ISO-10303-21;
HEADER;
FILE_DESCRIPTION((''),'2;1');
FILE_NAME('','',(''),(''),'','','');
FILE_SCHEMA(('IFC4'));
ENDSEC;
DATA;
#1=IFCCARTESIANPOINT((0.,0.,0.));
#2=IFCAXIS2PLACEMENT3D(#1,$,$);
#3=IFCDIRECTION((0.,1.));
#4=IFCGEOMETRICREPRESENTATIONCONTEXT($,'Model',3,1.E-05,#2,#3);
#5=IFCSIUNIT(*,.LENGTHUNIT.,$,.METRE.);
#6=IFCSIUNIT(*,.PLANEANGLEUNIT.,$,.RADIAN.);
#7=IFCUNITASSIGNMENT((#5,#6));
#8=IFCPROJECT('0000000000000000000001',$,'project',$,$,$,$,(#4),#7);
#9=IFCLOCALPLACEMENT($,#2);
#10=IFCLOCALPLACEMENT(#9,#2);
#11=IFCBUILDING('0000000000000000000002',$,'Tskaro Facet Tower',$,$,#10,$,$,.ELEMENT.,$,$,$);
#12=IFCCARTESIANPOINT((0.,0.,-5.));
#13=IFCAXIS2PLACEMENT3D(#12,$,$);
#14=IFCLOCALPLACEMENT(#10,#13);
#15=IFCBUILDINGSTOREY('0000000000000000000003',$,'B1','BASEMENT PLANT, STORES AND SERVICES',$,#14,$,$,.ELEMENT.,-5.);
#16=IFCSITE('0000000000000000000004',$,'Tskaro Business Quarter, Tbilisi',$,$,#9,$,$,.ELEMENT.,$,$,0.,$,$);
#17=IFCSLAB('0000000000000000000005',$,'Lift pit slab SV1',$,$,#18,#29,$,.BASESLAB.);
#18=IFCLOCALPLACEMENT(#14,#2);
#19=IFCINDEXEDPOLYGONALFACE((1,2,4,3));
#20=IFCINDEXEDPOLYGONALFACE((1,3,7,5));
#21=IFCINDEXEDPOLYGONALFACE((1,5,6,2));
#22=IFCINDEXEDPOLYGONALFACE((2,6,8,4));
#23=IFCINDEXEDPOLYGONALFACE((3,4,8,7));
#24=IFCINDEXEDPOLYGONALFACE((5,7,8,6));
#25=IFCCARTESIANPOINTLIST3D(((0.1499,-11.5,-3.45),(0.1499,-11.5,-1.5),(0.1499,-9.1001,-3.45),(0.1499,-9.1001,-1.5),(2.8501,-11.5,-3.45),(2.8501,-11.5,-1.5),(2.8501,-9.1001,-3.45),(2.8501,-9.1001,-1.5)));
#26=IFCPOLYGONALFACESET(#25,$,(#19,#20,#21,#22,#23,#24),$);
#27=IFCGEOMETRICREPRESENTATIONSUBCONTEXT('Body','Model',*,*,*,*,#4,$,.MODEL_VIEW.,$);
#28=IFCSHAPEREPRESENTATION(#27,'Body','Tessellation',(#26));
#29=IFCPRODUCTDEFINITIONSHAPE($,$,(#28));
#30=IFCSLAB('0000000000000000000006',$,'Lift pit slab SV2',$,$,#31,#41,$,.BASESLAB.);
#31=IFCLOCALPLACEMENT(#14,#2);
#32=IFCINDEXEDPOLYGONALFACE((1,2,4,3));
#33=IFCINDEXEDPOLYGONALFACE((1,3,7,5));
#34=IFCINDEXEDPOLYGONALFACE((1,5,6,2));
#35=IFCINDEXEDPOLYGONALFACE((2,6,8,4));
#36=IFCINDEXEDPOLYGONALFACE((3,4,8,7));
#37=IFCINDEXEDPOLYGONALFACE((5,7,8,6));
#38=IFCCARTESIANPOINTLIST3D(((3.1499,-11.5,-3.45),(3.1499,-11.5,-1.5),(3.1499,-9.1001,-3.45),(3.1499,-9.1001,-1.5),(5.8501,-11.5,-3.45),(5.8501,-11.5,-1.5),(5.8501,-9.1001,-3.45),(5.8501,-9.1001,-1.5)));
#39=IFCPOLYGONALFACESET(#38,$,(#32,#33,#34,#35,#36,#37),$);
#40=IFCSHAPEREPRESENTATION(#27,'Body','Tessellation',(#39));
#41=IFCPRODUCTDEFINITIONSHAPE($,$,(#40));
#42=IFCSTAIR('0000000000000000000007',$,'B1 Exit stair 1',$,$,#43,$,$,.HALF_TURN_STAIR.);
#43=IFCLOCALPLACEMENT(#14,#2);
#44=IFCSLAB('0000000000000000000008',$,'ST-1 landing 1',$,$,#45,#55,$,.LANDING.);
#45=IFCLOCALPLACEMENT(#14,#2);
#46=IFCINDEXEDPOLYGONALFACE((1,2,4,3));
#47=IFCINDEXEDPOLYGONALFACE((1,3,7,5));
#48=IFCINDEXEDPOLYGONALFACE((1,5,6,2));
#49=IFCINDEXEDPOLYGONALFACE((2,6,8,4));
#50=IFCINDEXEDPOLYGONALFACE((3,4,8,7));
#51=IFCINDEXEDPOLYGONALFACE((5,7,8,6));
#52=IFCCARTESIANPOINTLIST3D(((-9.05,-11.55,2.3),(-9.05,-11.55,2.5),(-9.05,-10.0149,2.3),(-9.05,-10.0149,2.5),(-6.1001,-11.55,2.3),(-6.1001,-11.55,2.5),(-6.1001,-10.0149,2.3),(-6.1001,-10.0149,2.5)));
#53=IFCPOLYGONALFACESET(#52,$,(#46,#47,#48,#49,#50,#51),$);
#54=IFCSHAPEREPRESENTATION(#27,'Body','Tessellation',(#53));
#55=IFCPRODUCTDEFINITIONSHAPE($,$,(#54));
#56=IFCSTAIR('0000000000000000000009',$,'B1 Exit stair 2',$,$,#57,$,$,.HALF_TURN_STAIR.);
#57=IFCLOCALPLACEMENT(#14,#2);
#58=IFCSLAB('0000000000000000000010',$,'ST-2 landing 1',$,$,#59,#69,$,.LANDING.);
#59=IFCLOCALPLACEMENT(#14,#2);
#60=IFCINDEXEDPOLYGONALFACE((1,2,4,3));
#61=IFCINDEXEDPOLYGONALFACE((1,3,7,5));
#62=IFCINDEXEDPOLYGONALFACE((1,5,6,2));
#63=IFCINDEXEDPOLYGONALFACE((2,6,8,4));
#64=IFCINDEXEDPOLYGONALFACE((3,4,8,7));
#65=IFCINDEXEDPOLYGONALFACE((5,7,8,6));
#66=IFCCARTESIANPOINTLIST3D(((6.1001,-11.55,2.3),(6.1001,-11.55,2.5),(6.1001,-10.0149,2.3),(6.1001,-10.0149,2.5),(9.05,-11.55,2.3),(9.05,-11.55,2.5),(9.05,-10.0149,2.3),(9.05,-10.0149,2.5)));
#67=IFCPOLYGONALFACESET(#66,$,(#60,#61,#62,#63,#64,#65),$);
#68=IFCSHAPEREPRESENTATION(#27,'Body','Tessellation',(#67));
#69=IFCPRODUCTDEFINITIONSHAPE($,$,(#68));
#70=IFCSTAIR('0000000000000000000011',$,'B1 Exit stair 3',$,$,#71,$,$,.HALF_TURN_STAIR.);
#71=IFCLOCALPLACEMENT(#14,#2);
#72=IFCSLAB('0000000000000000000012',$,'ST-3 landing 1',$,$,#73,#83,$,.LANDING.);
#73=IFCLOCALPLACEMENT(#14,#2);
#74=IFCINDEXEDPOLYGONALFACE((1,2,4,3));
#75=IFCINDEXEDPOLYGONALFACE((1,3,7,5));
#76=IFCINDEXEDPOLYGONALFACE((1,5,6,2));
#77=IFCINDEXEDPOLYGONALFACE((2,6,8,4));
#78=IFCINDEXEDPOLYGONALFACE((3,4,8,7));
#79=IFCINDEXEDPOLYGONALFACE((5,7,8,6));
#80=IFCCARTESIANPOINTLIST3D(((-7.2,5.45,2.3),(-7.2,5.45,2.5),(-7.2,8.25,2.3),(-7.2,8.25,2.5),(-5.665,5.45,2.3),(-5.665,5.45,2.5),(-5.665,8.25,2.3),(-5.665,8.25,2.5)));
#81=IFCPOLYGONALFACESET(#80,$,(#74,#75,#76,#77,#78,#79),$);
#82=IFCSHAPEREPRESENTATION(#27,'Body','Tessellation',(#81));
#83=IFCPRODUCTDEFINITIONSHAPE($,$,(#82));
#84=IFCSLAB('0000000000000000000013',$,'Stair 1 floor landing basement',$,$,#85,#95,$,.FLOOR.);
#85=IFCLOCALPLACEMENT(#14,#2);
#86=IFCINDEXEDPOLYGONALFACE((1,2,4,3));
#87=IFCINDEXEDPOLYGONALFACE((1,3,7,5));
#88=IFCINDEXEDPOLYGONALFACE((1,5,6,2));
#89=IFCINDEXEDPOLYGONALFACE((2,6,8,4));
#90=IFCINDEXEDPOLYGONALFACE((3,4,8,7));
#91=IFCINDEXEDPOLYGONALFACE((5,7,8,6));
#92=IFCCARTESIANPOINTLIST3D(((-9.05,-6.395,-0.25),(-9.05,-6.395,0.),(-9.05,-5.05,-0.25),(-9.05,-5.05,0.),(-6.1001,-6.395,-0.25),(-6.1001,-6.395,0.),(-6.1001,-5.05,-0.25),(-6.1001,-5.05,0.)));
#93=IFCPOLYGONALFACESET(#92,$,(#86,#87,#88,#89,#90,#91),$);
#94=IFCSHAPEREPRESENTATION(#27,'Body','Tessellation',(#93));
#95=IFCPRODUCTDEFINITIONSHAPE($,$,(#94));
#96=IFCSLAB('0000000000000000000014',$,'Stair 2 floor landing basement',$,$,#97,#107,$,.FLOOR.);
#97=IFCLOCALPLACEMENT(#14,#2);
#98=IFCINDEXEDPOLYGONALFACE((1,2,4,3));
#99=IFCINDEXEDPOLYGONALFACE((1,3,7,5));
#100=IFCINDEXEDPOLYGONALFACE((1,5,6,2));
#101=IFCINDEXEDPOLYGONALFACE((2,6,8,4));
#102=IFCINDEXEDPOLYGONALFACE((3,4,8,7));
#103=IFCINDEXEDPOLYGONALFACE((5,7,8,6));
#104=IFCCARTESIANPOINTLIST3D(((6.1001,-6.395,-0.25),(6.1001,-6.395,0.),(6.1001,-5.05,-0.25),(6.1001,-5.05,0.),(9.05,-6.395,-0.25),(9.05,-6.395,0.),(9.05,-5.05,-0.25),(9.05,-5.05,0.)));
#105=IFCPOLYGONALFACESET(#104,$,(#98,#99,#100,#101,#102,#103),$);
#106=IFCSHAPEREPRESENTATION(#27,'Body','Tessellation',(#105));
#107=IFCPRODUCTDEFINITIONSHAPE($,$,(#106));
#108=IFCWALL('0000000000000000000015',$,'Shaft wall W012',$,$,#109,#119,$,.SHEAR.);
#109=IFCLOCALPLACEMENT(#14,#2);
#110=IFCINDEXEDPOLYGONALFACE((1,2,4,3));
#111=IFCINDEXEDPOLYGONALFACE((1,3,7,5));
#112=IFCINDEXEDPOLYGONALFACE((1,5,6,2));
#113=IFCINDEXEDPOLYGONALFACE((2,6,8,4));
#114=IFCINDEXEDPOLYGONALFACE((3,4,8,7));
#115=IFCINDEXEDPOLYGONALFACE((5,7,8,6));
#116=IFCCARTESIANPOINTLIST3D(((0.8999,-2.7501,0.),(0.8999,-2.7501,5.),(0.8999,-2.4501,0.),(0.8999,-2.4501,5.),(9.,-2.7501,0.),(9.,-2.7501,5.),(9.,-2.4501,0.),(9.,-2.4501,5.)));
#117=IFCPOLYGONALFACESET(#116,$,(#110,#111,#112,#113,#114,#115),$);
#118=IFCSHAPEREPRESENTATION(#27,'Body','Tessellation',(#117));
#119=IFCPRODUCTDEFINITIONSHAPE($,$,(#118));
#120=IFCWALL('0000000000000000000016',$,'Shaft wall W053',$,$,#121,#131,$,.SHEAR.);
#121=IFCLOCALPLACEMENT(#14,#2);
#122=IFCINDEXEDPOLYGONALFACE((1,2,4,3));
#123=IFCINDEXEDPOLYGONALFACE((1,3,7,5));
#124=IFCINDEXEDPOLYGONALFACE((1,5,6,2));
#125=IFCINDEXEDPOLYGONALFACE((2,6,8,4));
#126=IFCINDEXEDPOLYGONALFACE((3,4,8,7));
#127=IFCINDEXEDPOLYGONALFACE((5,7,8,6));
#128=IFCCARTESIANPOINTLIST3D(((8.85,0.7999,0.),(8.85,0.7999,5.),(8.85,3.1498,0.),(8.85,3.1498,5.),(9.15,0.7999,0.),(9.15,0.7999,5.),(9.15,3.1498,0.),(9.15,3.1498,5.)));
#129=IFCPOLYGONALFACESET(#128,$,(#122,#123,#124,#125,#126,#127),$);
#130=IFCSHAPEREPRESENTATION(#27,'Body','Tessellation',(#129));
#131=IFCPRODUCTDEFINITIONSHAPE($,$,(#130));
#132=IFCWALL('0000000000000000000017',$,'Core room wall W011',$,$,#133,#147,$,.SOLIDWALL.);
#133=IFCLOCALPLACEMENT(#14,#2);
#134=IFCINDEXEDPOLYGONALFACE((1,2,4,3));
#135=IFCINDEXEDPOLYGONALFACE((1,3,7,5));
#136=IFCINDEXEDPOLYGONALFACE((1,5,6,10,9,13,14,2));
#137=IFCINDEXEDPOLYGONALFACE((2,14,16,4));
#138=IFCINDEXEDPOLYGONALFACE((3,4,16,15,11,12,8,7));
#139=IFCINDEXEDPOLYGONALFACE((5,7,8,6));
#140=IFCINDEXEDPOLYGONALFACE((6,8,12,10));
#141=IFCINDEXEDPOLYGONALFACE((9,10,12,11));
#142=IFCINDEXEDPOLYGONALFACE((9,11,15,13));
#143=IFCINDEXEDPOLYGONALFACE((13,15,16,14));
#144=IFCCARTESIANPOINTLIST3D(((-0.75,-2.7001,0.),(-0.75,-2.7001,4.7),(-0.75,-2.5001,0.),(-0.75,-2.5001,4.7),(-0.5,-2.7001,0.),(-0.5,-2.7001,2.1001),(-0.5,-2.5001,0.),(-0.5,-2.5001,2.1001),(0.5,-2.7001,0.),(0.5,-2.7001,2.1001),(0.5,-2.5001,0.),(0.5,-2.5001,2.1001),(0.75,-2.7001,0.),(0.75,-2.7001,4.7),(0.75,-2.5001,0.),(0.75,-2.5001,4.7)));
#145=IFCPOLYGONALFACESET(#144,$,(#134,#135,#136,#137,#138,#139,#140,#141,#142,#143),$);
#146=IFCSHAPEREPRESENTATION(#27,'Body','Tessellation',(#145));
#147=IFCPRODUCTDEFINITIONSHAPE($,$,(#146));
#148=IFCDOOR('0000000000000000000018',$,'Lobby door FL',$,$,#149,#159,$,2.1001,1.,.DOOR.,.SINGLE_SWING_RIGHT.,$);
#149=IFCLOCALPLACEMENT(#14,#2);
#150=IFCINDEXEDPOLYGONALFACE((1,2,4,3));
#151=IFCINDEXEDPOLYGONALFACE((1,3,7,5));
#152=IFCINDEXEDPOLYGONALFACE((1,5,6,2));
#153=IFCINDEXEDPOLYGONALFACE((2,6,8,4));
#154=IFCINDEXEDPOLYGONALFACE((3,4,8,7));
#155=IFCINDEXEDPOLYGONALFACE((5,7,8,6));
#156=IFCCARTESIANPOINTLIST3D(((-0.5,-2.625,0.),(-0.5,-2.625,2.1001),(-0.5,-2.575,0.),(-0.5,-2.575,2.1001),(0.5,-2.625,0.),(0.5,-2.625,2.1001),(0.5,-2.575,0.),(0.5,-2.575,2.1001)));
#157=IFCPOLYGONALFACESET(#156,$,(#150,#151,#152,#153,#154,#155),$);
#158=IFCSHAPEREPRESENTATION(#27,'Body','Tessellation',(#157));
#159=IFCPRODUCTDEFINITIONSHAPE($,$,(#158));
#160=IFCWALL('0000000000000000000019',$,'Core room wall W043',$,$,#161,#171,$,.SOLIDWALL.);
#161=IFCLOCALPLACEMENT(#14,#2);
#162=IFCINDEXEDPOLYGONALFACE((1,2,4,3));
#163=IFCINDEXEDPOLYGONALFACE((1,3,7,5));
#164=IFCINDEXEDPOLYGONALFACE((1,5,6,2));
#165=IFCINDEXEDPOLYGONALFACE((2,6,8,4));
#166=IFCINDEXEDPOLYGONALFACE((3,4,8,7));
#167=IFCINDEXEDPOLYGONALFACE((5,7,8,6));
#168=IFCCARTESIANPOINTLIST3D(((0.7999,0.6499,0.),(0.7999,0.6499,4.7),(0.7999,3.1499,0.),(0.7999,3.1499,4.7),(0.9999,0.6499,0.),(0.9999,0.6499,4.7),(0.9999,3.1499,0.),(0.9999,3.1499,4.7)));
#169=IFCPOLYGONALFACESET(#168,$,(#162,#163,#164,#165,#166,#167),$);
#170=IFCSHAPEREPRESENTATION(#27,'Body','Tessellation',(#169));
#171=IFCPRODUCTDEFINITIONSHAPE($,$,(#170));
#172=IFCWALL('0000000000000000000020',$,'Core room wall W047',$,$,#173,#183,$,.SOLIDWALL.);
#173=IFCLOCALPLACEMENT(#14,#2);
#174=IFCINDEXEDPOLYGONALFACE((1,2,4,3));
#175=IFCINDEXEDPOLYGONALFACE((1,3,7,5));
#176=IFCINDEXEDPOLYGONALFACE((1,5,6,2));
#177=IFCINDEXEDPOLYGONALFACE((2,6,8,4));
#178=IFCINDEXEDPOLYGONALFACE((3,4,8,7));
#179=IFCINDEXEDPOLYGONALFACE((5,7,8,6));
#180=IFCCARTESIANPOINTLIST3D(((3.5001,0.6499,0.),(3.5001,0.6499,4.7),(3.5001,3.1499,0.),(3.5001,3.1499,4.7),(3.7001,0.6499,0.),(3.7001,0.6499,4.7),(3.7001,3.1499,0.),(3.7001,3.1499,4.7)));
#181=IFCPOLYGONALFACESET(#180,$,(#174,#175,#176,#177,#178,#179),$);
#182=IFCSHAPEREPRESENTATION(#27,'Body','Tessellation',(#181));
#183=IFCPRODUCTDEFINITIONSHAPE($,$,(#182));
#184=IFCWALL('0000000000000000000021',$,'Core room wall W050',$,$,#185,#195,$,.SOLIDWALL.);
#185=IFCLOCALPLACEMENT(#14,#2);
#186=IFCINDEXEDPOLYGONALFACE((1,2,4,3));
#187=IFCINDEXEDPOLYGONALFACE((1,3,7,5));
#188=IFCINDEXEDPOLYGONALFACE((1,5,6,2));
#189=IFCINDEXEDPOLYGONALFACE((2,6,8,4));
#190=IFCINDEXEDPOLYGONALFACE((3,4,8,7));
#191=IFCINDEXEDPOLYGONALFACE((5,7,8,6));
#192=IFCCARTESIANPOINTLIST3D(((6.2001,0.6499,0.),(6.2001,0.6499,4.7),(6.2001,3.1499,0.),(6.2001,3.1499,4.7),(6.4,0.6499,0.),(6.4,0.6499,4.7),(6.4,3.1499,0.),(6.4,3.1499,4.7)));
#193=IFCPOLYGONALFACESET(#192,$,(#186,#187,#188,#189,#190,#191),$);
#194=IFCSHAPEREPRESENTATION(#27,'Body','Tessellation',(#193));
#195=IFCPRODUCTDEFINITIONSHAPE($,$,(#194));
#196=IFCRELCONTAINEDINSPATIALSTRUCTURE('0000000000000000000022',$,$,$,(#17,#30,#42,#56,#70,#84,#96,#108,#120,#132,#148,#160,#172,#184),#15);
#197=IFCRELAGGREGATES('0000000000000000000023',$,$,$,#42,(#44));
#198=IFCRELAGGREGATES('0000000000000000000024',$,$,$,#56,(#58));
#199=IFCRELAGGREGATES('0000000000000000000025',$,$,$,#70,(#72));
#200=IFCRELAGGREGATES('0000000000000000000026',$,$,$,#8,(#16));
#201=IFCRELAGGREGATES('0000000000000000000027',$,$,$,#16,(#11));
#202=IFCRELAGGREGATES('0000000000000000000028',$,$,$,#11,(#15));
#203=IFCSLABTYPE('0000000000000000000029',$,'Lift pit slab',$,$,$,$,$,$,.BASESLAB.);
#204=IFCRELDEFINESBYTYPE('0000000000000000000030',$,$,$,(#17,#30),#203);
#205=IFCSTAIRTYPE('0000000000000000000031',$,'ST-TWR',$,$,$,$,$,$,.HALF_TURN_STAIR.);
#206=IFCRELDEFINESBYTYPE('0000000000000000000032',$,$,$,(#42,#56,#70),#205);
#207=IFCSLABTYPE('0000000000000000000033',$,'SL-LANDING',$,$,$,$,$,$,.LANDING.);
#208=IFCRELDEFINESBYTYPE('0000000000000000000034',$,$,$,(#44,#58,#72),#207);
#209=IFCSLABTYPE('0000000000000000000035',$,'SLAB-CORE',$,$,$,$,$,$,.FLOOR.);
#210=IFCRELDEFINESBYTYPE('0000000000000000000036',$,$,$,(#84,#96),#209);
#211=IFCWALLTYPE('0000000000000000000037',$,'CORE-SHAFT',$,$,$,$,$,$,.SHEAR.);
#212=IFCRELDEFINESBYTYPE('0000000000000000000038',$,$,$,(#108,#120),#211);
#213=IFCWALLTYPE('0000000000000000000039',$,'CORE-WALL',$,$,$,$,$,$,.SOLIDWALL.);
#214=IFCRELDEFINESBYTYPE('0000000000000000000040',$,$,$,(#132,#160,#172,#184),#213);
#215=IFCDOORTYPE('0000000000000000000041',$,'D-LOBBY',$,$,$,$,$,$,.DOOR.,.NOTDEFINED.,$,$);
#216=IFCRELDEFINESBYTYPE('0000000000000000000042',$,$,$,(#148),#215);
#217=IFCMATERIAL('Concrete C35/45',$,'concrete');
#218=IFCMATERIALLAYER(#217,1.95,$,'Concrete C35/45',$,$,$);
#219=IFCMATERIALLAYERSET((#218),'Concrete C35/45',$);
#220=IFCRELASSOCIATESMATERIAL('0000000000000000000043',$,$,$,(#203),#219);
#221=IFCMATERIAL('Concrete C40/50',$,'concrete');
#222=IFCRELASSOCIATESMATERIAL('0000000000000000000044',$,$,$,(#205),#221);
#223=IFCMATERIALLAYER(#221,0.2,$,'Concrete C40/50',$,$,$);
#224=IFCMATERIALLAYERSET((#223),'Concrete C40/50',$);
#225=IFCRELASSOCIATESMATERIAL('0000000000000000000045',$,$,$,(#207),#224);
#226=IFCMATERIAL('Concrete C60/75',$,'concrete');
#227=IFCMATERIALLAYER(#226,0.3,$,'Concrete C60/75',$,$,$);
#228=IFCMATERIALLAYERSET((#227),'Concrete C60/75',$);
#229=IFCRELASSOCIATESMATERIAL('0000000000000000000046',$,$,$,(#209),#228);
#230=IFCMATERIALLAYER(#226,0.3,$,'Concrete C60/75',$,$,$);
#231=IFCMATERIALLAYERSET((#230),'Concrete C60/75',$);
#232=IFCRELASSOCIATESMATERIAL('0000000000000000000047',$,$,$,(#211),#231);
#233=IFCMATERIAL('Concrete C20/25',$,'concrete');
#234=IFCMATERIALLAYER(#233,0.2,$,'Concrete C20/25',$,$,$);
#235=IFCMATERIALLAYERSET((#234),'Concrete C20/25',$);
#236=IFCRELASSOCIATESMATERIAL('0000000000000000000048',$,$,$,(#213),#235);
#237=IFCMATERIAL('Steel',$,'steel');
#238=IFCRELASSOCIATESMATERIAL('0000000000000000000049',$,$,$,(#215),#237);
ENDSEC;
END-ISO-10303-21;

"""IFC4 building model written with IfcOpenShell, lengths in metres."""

from ifc_helpers import new_model, si_unit, direction, frame, frame_2d, origin, place, context, subcontext, project, spatial, polyline, rectangle, outline, extrude, material, layer, layer_set, type_object, element, fill, aggregate, save


model = new_model("IFC4")

# Units and contexts
model_context = context("Model", 3, precision=1e-05, world=origin(), true_north=direction((0.0, 1.0)))
body_context = subcontext(model_context, "Body", "Model", "MODEL_VIEW")
ifc_project = project(units=[si_unit("LENGTHUNIT", "METRE"), si_unit("PLANEANGLEUNIT", "RADIAN")], contexts=[model_context])

# Site, building, storey
site_placement = place(None, origin())
site = spatial("IfcSite", under=ifc_project, at=site_placement, Name="Tskaro Business Quarter, Tbilisi", CompositionType="ELEMENT", RefElevation=0.0)
building_placement = place(site_placement, origin())
building = spatial("IfcBuilding", under=site, at=building_placement, Name="Tskaro Facet Tower", CompositionType="ELEMENT")
storey_placement = place(building_placement, frame((0.0, 0.0, -5.0)))
storey = spatial("IfcBuildingStorey", under=building, at=storey_placement, Name="B1", Description="BASEMENT PLANT, STORES AND SERVICES", CompositionType="ELEMENT", Elevation=-5.0)

# Shared definitions
ifc_material_1 = material(Name="Concrete C35/45", Category="concrete")

# Slabs
ifc_layer_1 = layer(ifc_material_1, 1.95, Name="Concrete C35/45")
ifc_layer_set_1 = layer_set([ifc_layer_1], Name="Concrete C35/45")
slab_type_1 = type_object("IfcSlabType", Name="Lift pit slab", PredefinedType="BASESLAB", material=ifc_layer_set_1)
slab_1_placement = place(storey_placement, frame((0.0, 0.0, -3.45)))
element("IfcSlab", 1, at=slab_1_placement, inside=storey, type_object=slab_type_1, Name="Lift pit slab SV1", PredefinedType="BASESLAB", context=body_context, shape_type="SweptSolid", body=[
    extrude(outline(polyline([(0.1499, -11.5), (2.8501, -11.5), (2.8501, -9.1001), (0.1499, -9.1001), (0.1499, -11.5)])), origin(), (0.0, 0.0, 1.0), 1.95),
])
slab_2_placement = place(storey_placement, frame((0.0, 0.0, -3.45)))
element("IfcSlab", 2, at=slab_2_placement, inside=storey, type_object=slab_type_1, Name="Lift pit slab SV2", PredefinedType="BASESLAB", context=body_context, shape_type="SweptSolid", body=[
    extrude(outline(polyline([(3.1499, -11.5), (5.8501, -11.5), (5.8501, -9.1001), (3.1499, -9.1001), (3.1499, -11.5)])), origin(), (0.0, 0.0, 1.0), 1.95),
])

# Stairs, slabs
ifc_material_2 = material(Name="Concrete C40/50", Category="concrete")
stair_type = type_object("IfcStairType", Name="ST-TWR", PredefinedType="HALF_TURN_STAIR", material=ifc_material_2)
stair_1_placement = place(storey_placement, origin())
stair_1 = element("IfcStair", 3, at=stair_1_placement, inside=storey, type_object=stair_type, Name="B1 Exit stair 1", PredefinedType="HALF_TURN_STAIR")
ifc_layer_2 = layer(ifc_material_2, 0.2, Name="Concrete C40/50")
ifc_layer_set_2 = layer_set([ifc_layer_2], Name="Concrete C40/50")
slab_type_2 = type_object("IfcSlabType", Name="SL-LANDING", PredefinedType="LANDING", material=ifc_layer_set_2)
slab_3_placement = place(storey_placement, frame((0.0, 0.0, 2.3)))
slab_3 = element("IfcSlab", 4, at=slab_3_placement, type_object=slab_type_2, Name="ST-1 landing 1", PredefinedType="LANDING", context=body_context, shape_type="SweptSolid", body=[
    extrude(outline(polyline([(-9.05, -11.55), (-6.1001, -11.55), (-6.1001, -10.0149), (-9.05, -10.0149), (-9.05, -11.55)])), origin(), (0.0, 0.0, 1.0), 0.2),
])
aggregate(stair_1, [slab_3])
stair_2_placement = place(storey_placement, origin())
stair_2 = element("IfcStair", 5, at=stair_2_placement, inside=storey, type_object=stair_type, Name="B1 Exit stair 2", PredefinedType="HALF_TURN_STAIR")
slab_4_placement = place(storey_placement, frame((0.0, 0.0, 2.3)))
slab_4 = element("IfcSlab", 6, at=slab_4_placement, type_object=slab_type_2, Name="ST-2 landing 1", PredefinedType="LANDING", context=body_context, shape_type="SweptSolid", body=[
    extrude(outline(polyline([(6.1001, -11.55), (9.05, -11.55), (9.05, -10.0149), (6.1001, -10.0149), (6.1001, -11.55)])), origin(), (0.0, 0.0, 1.0), 0.2),
])
aggregate(stair_2, [slab_4])
stair_3_placement = place(storey_placement, origin())
stair_3 = element("IfcStair", 7, at=stair_3_placement, inside=storey, type_object=stair_type, Name="B1 Exit stair 3", PredefinedType="HALF_TURN_STAIR")
slab_5_placement = place(storey_placement, frame((0.0, 0.0, 2.3)))
slab_5 = element("IfcSlab", 8, at=slab_5_placement, type_object=slab_type_2, Name="ST-3 landing 1", PredefinedType="LANDING", context=body_context, shape_type="SweptSolid", body=[
    extrude(outline(polyline([(-7.2, 5.45), (-5.665, 5.45), (-5.665, 8.25), (-7.2, 8.25), (-7.2, 5.45)])), origin(), (0.0, 0.0, 1.0), 0.2),
])
aggregate(stair_3, [slab_5])

# Slabs
ifc_material_3 = material(Name="Concrete C60/75", Category="concrete")
ifc_layer_3 = layer(ifc_material_3, 0.3, Name="Concrete C60/75")
ifc_layer_set_3 = layer_set([ifc_layer_3], Name="Concrete C60/75")
slab_type_3 = type_object("IfcSlabType", Name="SLAB-CORE", PredefinedType="FLOOR", material=ifc_layer_set_3)
slab_6_placement = place(storey_placement, frame((0.0, 0.0, -0.25)))
element("IfcSlab", 9, at=slab_6_placement, inside=storey, type_object=slab_type_3, Name="Stair 1 floor landing basement", PredefinedType="FLOOR", context=body_context, shape_type="SweptSolid", body=[
    extrude(outline(polyline([(-9.05, -6.395), (-6.1001, -6.395), (-6.1001, -5.05), (-9.05, -5.05), (-9.05, -6.395)])), origin(), (0.0, 0.0, 1.0), 0.25),
])
slab_7_placement = place(storey_placement, frame((0.0, 0.0, -0.25)))
element("IfcSlab", 10, at=slab_7_placement, inside=storey, type_object=slab_type_3, Name="Stair 2 floor landing basement", PredefinedType="FLOOR", context=body_context, shape_type="SweptSolid", body=[
    extrude(outline(polyline([(6.1001, -6.395), (9.05, -6.395), (9.05, -5.05), (6.1001, -5.05), (6.1001, -6.395)])), origin(), (0.0, 0.0, 1.0), 0.25),
])

# Walls
ifc_layer_4 = layer(ifc_material_3, 0.3, Name="Concrete C60/75")
ifc_layer_set_4 = layer_set([ifc_layer_4], Name="Concrete C60/75")
wall_type_1 = type_object("IfcWallType", Name="CORE-SHAFT", PredefinedType="SHEAR", material=ifc_layer_set_4)
wall_1_placement = place(storey_placement, frame((0.8999, -2.6001, 0.0), z_axis=(0.0, 0.0, 1.0), x_axis=(1.0, 0.0, 0.0)))
element("IfcWall", 11, at=wall_1_placement, inside=storey, type_object=wall_type_1, Name="Shaft wall W012", PredefinedType="SHEAR", context=body_context, shape_type="SweptSolid", body=[
    extrude(rectangle(XDim=8.1001, YDim=0.3, at=frame_2d((4.05, 0.0))), origin(), (0.0, 0.0, 1.0), 5.0),
])
wall_2_placement = place(storey_placement, frame((9.0, 0.8, 0.0), z_axis=(0.0, 0.0, 1.0), x_axis=(0.0, 1.0, 0.0)))
element("IfcWall", 12, at=wall_2_placement, inside=storey, type_object=wall_type_1, Name="Shaft wall W053", PredefinedType="SHEAR", context=body_context, shape_type="SweptSolid", body=[
    extrude(rectangle(XDim=2.3499, YDim=0.3, at=frame_2d((1.1748, 0.0))), origin(), (0.0, 0.0, 1.0), 5.0),
])

# Wall, opening, door
ifc_material_4 = material(Name="Concrete C20/25", Category="concrete")
ifc_layer_5 = layer(ifc_material_4, 0.2, Name="Concrete C20/25")
ifc_layer_set_5 = layer_set([ifc_layer_5], Name="Concrete C20/25")
wall_type_2 = type_object("IfcWallType", Name="CORE-WALL", PredefinedType="SOLIDWALL", material=ifc_layer_set_5)
wall_3_placement = place(storey_placement, frame((0.75, -2.6001, 0.0), z_axis=(0.0, 0.0, 1.0), x_axis=(-1.0, 0.0, 0.0)))
wall_3 = element("IfcWall", 13, at=wall_3_placement, inside=storey, type_object=wall_type_2, Name="Core room wall W011", PredefinedType="SOLIDWALL", context=body_context, shape_type="SweptSolid", body=[
    extrude(rectangle(XDim=1.5, YDim=0.2, at=frame_2d((0.75, 0.0))), origin(), (0.0, 0.0, 1.0), 4.7),
])
opening_placement = place(wall_3_placement, frame((0.25, 0.0, 0.0)))
opening = element("IfcOpeningElement", 14, at=opening_placement, cuts=wall_3, PredefinedType="OPENING", context=body_context, shape_type="SweptSolid", body=[
    extrude(rectangle(XDim=1.0, YDim=2.1001, at=frame_2d((0.5, 1.05))), frame((0.0, 0.1099, 0.0), z_axis=(0.0, -1.0, 0.0), x_axis=(1.0, 0.0, 0.0)), (0.0, 0.0, 1.0), 0.22),
])
ifc_material_5 = material(Name="Steel", Category="steel")
door_type = type_object("IfcDoorType", Name="D-LOBBY", OperationType="NOTDEFINED", PredefinedType="DOOR", material=ifc_material_5)
door_placement = place(opening_placement, origin())
door = element("IfcDoor", 15, at=door_placement, inside=storey, type_object=door_type, Name="Lobby door FL", OperationType="SINGLE_SWING_RIGHT", OverallHeight=2.1001, OverallWidth=1.0, PredefinedType="DOOR", context=body_context, shape_type="SweptSolid", body=[
    extrude(rectangle(XDim=1.0, YDim=2.1001, at=frame_2d((0.5, 1.05))), frame((0.0, 0.0249, 0.0), z_axis=(0.0, -1.0, 0.0), x_axis=(1.0, 0.0, 0.0)), (0.0, 0.0, 1.0), 0.05),
])
fill(opening, door)

# Walls
for number, where, z_axis, x_axis, name in (
    (16, (0.8999, 0.6499, 0.0), (0.0, 0.0, 1.0), (0.0, 1.0, 0.0), "Core room wall W043"),
    (17, (3.6001, 0.6499, 0.0), (0.0, 0.0, 1.0), (0.0, 1.0, 0.0), "Core room wall W047"),
    (18, (6.3, 0.6499, 0.0), (0.0, 0.0, 1.0), (0.0, 1.0, 0.0), "Core room wall W050"),
):
    element("IfcWall", number, at=place(storey_placement, frame(where, z_axis=z_axis, x_axis=x_axis)), inside=storey, type_object=wall_type_2, Name=name, PredefinedType="SOLIDWALL", context=body_context, shape_type="SweptSolid", body=[
        extrude(rectangle(XDim=2.5, YDim=0.2, at=frame_2d((1.25, 0.0))), origin(), (0.0, 0.0, 1.0), 4.7),
    ])

save(model, "model.ifc")
